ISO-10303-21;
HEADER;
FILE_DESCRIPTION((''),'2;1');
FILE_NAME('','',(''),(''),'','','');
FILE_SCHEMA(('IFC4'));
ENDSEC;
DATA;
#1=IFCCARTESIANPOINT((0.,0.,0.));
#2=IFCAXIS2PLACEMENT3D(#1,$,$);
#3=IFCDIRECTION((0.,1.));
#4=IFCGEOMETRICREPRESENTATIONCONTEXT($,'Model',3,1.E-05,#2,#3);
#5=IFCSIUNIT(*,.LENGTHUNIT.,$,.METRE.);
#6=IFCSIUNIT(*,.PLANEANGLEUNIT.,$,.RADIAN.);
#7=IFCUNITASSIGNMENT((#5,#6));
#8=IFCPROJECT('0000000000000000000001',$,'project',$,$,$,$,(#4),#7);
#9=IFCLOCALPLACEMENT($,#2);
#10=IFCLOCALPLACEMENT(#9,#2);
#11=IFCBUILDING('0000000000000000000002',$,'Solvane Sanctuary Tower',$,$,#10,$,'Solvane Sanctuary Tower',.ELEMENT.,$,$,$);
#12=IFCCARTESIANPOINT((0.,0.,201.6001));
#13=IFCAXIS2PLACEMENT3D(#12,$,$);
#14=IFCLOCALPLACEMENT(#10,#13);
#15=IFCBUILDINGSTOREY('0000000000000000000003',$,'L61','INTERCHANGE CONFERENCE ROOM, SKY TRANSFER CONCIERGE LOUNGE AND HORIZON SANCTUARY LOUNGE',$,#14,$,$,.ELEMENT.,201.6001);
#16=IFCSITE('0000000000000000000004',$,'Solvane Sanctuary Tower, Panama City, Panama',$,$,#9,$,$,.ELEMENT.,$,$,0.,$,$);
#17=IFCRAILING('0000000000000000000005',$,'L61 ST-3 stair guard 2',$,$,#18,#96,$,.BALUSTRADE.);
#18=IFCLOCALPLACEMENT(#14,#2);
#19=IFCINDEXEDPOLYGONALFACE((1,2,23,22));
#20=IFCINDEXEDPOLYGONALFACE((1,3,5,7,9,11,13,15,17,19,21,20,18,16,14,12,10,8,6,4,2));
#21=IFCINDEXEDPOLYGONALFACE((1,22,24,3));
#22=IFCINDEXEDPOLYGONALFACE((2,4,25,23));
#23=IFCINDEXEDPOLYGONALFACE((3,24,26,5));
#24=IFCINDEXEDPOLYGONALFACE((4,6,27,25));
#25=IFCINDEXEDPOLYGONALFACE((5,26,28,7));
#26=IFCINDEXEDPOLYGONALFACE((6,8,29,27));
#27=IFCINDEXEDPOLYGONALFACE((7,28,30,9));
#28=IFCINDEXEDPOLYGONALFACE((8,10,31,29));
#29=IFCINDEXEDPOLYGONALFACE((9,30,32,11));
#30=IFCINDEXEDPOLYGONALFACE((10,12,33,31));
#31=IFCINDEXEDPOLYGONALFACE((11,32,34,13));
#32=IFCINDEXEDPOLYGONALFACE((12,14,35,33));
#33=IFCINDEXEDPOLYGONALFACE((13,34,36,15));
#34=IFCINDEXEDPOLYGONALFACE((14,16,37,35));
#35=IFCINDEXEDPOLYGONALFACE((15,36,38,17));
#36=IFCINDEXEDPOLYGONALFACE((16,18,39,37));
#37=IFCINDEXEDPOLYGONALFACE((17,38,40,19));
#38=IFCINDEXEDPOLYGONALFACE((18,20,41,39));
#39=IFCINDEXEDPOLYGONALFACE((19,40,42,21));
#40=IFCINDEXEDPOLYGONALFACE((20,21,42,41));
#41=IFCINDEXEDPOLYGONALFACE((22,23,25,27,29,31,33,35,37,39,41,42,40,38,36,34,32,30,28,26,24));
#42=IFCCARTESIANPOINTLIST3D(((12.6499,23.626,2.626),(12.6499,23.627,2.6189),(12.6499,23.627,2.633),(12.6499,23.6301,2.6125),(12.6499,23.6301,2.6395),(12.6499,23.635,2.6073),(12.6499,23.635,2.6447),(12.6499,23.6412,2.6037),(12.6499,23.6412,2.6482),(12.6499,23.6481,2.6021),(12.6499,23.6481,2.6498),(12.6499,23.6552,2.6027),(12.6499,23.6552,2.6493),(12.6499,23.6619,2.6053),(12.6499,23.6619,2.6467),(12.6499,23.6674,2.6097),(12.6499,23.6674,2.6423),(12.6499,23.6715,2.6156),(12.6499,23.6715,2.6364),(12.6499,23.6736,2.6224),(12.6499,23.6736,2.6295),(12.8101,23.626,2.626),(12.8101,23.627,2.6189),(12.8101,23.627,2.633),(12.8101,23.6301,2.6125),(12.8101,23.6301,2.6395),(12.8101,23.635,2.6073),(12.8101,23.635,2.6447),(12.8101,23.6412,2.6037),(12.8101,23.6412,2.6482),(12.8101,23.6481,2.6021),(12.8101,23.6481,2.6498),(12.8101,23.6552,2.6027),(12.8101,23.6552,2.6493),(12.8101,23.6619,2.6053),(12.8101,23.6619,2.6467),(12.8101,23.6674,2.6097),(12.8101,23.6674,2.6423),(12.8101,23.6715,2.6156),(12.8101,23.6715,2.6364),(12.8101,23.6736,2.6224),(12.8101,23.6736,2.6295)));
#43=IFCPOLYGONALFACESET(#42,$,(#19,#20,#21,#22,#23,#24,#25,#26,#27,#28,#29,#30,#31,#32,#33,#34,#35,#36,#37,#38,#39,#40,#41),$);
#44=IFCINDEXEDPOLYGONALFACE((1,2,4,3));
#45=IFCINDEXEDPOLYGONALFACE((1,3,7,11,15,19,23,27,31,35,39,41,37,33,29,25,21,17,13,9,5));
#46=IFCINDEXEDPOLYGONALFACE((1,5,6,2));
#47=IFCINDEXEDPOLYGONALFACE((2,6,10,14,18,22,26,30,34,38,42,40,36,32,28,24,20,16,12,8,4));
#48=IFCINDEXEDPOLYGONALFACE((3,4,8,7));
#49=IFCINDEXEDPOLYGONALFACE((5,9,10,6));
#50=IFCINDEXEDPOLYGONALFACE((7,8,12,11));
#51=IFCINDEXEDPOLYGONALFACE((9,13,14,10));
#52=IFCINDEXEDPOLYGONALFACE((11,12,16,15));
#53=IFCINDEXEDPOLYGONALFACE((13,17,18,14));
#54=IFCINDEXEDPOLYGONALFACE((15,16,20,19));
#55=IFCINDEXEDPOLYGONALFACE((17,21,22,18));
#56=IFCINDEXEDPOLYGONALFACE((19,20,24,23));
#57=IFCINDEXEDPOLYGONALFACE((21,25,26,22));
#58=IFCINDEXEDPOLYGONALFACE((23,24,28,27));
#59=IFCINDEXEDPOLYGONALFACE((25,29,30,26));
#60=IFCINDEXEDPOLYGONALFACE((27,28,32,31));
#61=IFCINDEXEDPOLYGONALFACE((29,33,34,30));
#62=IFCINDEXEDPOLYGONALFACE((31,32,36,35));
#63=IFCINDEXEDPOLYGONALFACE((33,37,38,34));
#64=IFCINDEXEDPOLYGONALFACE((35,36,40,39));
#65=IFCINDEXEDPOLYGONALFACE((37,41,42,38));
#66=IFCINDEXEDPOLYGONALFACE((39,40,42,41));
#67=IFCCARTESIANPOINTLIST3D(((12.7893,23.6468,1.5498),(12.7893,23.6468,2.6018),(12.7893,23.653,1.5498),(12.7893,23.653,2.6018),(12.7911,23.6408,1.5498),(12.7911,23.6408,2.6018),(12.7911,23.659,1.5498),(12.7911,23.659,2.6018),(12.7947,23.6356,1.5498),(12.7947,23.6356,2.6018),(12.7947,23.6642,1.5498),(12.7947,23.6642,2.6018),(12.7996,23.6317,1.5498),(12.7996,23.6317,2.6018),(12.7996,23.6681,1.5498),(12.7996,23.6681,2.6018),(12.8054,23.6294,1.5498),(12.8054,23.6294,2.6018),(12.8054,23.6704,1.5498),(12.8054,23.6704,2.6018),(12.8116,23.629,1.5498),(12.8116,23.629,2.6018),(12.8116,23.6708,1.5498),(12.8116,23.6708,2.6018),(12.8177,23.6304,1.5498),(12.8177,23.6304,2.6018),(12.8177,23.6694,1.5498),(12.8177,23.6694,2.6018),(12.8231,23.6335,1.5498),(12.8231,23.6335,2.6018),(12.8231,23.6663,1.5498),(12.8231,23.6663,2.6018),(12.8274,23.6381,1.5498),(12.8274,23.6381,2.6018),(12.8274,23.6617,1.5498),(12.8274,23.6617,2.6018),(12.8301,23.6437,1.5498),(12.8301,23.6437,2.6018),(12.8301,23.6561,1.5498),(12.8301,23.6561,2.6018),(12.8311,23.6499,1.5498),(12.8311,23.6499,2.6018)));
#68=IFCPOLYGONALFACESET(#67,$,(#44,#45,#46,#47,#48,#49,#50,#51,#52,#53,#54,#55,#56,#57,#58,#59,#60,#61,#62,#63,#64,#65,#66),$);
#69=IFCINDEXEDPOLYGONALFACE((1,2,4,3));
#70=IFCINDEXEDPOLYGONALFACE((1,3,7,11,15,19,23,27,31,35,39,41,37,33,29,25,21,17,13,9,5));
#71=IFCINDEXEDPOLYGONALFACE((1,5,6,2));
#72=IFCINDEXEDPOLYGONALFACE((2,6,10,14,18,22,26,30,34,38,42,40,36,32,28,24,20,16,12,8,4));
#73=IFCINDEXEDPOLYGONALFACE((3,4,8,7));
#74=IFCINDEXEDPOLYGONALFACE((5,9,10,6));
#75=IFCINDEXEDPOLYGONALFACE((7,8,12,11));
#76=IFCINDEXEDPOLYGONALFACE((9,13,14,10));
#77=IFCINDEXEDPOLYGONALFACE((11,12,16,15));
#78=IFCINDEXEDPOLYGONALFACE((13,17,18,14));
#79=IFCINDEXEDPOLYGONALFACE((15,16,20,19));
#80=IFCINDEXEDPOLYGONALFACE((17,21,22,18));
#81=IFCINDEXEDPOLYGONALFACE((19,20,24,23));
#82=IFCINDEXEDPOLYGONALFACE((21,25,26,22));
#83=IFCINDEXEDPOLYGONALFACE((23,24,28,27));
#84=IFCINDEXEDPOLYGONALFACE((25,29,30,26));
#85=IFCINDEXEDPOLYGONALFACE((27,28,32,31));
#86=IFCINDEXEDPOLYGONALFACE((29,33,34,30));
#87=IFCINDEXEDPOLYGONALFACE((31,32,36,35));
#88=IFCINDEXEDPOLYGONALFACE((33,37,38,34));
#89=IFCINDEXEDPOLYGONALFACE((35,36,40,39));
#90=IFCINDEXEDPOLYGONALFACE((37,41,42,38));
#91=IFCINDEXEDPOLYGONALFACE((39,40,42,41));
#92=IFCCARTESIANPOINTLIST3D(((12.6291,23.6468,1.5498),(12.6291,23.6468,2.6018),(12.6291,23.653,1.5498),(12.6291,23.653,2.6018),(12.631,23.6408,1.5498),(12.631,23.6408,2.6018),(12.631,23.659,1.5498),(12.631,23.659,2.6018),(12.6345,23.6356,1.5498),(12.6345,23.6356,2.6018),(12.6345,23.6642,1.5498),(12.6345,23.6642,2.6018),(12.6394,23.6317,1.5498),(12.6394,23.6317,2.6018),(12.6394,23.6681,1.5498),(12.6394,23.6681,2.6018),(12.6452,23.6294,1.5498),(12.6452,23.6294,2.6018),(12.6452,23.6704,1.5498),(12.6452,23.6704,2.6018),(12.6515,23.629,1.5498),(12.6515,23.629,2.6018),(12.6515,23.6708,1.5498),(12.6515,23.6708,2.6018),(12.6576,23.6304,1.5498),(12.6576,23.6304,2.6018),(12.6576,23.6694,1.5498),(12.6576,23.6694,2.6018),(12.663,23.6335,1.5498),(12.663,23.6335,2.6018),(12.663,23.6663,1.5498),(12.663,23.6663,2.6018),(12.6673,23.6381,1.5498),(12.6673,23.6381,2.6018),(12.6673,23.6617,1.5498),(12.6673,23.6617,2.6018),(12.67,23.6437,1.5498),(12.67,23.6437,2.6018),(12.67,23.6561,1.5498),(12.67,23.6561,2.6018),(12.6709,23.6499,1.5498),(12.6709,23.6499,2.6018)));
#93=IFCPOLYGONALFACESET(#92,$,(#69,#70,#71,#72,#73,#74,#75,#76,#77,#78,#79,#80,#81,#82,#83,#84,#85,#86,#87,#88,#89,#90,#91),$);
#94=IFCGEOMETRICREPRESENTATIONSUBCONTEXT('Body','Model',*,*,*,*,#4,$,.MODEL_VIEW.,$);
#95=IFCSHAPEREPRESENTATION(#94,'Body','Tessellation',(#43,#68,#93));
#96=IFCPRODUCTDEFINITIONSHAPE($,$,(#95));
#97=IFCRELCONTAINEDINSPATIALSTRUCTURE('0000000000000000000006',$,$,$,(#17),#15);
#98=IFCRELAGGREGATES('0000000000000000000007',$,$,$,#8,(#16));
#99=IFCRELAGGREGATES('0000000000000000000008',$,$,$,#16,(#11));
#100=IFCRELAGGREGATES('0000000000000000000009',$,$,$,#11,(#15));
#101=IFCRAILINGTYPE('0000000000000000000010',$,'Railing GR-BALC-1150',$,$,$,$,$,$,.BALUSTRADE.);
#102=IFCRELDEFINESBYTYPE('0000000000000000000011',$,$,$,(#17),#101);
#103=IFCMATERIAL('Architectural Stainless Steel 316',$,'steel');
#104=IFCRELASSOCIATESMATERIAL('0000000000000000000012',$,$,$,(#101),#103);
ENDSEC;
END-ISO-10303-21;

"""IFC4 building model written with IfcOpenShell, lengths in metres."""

from ifc_helpers import new_model, si_unit, direction, frame, origin, origin_2d, place, context, subcontext, project, spatial, circle, extrude, material, type_object, element, save


model = new_model("IFC4")

# Units and contexts
model_context = context("Model", 3, precision=1e-05, world=origin(), true_north=direction((0.0, 1.0)))
body_context = subcontext(model_context, "Body", "Model", "MODEL_VIEW")
ifc_project = project(units=[si_unit("LENGTHUNIT", "METRE"), si_unit("PLANEANGLEUNIT", "RADIAN")], contexts=[model_context])

# Site, building, storey
site_placement = place(None, origin())
site = spatial("IfcSite", under=ifc_project, at=site_placement, Name="Solvane Sanctuary Tower, Panama City, Panama", CompositionType="ELEMENT", RefElevation=0.0)
building_placement = place(site_placement, origin())
building = spatial("IfcBuilding", under=site, at=building_placement, Name="Solvane Sanctuary Tower", LongName="Solvane Sanctuary Tower", CompositionType="ELEMENT")
storey_placement = place(building_placement, frame((0.0, 0.0, 201.6001)))
storey = spatial("IfcBuildingStorey", under=building, at=storey_placement, Name="L61", Description="INTERCHANGE CONFERENCE ROOM, SKY TRANSFER CONCIERGE LOUNGE AND HORIZON SANCTUARY LOUNGE", CompositionType="ELEMENT", Elevation=201.6001)

# Shared definitions
ifc_material_1 = material(Name="Architectural Stainless Steel 316", Category="steel")

# Railing
railing_type_1 = type_object("IfcRailingType", Name="Railing GR-BALC-1150", PredefinedType="BALUSTRADE", material=ifc_material_1)
railing_1_placement = place(storey_placement, frame((12.8101, 23.6499, 1.5498)))
element("IfcRailing", 1, at=railing_1_placement, inside=storey, type_object=railing_type_1, Name="L61 ST-3 stair guard 2", PredefinedType="BALUSTRADE", context=body_context, shape_type="SweptSolid", body=[
    extrude(circle(Radius=0.0239, at=origin_2d()), frame((0.0, 0.0, 1.0762), z_axis=(-1.0, 0.0, 0.0), x_axis=(0.0, -1.0, 0.0)), (0.0, 0.0, 1.0), 0.1602),
    extrude(circle(Radius=0.021, at=origin_2d()), origin(), (0.0, 0.0, 1.0), 1.052),
    extrude(circle(Radius=0.021, at=origin_2d()), frame((-0.1602, 0.0, 0.0)), (0.0, 0.0, 1.0), 1.052),
])

save(model, "model.ifc")
